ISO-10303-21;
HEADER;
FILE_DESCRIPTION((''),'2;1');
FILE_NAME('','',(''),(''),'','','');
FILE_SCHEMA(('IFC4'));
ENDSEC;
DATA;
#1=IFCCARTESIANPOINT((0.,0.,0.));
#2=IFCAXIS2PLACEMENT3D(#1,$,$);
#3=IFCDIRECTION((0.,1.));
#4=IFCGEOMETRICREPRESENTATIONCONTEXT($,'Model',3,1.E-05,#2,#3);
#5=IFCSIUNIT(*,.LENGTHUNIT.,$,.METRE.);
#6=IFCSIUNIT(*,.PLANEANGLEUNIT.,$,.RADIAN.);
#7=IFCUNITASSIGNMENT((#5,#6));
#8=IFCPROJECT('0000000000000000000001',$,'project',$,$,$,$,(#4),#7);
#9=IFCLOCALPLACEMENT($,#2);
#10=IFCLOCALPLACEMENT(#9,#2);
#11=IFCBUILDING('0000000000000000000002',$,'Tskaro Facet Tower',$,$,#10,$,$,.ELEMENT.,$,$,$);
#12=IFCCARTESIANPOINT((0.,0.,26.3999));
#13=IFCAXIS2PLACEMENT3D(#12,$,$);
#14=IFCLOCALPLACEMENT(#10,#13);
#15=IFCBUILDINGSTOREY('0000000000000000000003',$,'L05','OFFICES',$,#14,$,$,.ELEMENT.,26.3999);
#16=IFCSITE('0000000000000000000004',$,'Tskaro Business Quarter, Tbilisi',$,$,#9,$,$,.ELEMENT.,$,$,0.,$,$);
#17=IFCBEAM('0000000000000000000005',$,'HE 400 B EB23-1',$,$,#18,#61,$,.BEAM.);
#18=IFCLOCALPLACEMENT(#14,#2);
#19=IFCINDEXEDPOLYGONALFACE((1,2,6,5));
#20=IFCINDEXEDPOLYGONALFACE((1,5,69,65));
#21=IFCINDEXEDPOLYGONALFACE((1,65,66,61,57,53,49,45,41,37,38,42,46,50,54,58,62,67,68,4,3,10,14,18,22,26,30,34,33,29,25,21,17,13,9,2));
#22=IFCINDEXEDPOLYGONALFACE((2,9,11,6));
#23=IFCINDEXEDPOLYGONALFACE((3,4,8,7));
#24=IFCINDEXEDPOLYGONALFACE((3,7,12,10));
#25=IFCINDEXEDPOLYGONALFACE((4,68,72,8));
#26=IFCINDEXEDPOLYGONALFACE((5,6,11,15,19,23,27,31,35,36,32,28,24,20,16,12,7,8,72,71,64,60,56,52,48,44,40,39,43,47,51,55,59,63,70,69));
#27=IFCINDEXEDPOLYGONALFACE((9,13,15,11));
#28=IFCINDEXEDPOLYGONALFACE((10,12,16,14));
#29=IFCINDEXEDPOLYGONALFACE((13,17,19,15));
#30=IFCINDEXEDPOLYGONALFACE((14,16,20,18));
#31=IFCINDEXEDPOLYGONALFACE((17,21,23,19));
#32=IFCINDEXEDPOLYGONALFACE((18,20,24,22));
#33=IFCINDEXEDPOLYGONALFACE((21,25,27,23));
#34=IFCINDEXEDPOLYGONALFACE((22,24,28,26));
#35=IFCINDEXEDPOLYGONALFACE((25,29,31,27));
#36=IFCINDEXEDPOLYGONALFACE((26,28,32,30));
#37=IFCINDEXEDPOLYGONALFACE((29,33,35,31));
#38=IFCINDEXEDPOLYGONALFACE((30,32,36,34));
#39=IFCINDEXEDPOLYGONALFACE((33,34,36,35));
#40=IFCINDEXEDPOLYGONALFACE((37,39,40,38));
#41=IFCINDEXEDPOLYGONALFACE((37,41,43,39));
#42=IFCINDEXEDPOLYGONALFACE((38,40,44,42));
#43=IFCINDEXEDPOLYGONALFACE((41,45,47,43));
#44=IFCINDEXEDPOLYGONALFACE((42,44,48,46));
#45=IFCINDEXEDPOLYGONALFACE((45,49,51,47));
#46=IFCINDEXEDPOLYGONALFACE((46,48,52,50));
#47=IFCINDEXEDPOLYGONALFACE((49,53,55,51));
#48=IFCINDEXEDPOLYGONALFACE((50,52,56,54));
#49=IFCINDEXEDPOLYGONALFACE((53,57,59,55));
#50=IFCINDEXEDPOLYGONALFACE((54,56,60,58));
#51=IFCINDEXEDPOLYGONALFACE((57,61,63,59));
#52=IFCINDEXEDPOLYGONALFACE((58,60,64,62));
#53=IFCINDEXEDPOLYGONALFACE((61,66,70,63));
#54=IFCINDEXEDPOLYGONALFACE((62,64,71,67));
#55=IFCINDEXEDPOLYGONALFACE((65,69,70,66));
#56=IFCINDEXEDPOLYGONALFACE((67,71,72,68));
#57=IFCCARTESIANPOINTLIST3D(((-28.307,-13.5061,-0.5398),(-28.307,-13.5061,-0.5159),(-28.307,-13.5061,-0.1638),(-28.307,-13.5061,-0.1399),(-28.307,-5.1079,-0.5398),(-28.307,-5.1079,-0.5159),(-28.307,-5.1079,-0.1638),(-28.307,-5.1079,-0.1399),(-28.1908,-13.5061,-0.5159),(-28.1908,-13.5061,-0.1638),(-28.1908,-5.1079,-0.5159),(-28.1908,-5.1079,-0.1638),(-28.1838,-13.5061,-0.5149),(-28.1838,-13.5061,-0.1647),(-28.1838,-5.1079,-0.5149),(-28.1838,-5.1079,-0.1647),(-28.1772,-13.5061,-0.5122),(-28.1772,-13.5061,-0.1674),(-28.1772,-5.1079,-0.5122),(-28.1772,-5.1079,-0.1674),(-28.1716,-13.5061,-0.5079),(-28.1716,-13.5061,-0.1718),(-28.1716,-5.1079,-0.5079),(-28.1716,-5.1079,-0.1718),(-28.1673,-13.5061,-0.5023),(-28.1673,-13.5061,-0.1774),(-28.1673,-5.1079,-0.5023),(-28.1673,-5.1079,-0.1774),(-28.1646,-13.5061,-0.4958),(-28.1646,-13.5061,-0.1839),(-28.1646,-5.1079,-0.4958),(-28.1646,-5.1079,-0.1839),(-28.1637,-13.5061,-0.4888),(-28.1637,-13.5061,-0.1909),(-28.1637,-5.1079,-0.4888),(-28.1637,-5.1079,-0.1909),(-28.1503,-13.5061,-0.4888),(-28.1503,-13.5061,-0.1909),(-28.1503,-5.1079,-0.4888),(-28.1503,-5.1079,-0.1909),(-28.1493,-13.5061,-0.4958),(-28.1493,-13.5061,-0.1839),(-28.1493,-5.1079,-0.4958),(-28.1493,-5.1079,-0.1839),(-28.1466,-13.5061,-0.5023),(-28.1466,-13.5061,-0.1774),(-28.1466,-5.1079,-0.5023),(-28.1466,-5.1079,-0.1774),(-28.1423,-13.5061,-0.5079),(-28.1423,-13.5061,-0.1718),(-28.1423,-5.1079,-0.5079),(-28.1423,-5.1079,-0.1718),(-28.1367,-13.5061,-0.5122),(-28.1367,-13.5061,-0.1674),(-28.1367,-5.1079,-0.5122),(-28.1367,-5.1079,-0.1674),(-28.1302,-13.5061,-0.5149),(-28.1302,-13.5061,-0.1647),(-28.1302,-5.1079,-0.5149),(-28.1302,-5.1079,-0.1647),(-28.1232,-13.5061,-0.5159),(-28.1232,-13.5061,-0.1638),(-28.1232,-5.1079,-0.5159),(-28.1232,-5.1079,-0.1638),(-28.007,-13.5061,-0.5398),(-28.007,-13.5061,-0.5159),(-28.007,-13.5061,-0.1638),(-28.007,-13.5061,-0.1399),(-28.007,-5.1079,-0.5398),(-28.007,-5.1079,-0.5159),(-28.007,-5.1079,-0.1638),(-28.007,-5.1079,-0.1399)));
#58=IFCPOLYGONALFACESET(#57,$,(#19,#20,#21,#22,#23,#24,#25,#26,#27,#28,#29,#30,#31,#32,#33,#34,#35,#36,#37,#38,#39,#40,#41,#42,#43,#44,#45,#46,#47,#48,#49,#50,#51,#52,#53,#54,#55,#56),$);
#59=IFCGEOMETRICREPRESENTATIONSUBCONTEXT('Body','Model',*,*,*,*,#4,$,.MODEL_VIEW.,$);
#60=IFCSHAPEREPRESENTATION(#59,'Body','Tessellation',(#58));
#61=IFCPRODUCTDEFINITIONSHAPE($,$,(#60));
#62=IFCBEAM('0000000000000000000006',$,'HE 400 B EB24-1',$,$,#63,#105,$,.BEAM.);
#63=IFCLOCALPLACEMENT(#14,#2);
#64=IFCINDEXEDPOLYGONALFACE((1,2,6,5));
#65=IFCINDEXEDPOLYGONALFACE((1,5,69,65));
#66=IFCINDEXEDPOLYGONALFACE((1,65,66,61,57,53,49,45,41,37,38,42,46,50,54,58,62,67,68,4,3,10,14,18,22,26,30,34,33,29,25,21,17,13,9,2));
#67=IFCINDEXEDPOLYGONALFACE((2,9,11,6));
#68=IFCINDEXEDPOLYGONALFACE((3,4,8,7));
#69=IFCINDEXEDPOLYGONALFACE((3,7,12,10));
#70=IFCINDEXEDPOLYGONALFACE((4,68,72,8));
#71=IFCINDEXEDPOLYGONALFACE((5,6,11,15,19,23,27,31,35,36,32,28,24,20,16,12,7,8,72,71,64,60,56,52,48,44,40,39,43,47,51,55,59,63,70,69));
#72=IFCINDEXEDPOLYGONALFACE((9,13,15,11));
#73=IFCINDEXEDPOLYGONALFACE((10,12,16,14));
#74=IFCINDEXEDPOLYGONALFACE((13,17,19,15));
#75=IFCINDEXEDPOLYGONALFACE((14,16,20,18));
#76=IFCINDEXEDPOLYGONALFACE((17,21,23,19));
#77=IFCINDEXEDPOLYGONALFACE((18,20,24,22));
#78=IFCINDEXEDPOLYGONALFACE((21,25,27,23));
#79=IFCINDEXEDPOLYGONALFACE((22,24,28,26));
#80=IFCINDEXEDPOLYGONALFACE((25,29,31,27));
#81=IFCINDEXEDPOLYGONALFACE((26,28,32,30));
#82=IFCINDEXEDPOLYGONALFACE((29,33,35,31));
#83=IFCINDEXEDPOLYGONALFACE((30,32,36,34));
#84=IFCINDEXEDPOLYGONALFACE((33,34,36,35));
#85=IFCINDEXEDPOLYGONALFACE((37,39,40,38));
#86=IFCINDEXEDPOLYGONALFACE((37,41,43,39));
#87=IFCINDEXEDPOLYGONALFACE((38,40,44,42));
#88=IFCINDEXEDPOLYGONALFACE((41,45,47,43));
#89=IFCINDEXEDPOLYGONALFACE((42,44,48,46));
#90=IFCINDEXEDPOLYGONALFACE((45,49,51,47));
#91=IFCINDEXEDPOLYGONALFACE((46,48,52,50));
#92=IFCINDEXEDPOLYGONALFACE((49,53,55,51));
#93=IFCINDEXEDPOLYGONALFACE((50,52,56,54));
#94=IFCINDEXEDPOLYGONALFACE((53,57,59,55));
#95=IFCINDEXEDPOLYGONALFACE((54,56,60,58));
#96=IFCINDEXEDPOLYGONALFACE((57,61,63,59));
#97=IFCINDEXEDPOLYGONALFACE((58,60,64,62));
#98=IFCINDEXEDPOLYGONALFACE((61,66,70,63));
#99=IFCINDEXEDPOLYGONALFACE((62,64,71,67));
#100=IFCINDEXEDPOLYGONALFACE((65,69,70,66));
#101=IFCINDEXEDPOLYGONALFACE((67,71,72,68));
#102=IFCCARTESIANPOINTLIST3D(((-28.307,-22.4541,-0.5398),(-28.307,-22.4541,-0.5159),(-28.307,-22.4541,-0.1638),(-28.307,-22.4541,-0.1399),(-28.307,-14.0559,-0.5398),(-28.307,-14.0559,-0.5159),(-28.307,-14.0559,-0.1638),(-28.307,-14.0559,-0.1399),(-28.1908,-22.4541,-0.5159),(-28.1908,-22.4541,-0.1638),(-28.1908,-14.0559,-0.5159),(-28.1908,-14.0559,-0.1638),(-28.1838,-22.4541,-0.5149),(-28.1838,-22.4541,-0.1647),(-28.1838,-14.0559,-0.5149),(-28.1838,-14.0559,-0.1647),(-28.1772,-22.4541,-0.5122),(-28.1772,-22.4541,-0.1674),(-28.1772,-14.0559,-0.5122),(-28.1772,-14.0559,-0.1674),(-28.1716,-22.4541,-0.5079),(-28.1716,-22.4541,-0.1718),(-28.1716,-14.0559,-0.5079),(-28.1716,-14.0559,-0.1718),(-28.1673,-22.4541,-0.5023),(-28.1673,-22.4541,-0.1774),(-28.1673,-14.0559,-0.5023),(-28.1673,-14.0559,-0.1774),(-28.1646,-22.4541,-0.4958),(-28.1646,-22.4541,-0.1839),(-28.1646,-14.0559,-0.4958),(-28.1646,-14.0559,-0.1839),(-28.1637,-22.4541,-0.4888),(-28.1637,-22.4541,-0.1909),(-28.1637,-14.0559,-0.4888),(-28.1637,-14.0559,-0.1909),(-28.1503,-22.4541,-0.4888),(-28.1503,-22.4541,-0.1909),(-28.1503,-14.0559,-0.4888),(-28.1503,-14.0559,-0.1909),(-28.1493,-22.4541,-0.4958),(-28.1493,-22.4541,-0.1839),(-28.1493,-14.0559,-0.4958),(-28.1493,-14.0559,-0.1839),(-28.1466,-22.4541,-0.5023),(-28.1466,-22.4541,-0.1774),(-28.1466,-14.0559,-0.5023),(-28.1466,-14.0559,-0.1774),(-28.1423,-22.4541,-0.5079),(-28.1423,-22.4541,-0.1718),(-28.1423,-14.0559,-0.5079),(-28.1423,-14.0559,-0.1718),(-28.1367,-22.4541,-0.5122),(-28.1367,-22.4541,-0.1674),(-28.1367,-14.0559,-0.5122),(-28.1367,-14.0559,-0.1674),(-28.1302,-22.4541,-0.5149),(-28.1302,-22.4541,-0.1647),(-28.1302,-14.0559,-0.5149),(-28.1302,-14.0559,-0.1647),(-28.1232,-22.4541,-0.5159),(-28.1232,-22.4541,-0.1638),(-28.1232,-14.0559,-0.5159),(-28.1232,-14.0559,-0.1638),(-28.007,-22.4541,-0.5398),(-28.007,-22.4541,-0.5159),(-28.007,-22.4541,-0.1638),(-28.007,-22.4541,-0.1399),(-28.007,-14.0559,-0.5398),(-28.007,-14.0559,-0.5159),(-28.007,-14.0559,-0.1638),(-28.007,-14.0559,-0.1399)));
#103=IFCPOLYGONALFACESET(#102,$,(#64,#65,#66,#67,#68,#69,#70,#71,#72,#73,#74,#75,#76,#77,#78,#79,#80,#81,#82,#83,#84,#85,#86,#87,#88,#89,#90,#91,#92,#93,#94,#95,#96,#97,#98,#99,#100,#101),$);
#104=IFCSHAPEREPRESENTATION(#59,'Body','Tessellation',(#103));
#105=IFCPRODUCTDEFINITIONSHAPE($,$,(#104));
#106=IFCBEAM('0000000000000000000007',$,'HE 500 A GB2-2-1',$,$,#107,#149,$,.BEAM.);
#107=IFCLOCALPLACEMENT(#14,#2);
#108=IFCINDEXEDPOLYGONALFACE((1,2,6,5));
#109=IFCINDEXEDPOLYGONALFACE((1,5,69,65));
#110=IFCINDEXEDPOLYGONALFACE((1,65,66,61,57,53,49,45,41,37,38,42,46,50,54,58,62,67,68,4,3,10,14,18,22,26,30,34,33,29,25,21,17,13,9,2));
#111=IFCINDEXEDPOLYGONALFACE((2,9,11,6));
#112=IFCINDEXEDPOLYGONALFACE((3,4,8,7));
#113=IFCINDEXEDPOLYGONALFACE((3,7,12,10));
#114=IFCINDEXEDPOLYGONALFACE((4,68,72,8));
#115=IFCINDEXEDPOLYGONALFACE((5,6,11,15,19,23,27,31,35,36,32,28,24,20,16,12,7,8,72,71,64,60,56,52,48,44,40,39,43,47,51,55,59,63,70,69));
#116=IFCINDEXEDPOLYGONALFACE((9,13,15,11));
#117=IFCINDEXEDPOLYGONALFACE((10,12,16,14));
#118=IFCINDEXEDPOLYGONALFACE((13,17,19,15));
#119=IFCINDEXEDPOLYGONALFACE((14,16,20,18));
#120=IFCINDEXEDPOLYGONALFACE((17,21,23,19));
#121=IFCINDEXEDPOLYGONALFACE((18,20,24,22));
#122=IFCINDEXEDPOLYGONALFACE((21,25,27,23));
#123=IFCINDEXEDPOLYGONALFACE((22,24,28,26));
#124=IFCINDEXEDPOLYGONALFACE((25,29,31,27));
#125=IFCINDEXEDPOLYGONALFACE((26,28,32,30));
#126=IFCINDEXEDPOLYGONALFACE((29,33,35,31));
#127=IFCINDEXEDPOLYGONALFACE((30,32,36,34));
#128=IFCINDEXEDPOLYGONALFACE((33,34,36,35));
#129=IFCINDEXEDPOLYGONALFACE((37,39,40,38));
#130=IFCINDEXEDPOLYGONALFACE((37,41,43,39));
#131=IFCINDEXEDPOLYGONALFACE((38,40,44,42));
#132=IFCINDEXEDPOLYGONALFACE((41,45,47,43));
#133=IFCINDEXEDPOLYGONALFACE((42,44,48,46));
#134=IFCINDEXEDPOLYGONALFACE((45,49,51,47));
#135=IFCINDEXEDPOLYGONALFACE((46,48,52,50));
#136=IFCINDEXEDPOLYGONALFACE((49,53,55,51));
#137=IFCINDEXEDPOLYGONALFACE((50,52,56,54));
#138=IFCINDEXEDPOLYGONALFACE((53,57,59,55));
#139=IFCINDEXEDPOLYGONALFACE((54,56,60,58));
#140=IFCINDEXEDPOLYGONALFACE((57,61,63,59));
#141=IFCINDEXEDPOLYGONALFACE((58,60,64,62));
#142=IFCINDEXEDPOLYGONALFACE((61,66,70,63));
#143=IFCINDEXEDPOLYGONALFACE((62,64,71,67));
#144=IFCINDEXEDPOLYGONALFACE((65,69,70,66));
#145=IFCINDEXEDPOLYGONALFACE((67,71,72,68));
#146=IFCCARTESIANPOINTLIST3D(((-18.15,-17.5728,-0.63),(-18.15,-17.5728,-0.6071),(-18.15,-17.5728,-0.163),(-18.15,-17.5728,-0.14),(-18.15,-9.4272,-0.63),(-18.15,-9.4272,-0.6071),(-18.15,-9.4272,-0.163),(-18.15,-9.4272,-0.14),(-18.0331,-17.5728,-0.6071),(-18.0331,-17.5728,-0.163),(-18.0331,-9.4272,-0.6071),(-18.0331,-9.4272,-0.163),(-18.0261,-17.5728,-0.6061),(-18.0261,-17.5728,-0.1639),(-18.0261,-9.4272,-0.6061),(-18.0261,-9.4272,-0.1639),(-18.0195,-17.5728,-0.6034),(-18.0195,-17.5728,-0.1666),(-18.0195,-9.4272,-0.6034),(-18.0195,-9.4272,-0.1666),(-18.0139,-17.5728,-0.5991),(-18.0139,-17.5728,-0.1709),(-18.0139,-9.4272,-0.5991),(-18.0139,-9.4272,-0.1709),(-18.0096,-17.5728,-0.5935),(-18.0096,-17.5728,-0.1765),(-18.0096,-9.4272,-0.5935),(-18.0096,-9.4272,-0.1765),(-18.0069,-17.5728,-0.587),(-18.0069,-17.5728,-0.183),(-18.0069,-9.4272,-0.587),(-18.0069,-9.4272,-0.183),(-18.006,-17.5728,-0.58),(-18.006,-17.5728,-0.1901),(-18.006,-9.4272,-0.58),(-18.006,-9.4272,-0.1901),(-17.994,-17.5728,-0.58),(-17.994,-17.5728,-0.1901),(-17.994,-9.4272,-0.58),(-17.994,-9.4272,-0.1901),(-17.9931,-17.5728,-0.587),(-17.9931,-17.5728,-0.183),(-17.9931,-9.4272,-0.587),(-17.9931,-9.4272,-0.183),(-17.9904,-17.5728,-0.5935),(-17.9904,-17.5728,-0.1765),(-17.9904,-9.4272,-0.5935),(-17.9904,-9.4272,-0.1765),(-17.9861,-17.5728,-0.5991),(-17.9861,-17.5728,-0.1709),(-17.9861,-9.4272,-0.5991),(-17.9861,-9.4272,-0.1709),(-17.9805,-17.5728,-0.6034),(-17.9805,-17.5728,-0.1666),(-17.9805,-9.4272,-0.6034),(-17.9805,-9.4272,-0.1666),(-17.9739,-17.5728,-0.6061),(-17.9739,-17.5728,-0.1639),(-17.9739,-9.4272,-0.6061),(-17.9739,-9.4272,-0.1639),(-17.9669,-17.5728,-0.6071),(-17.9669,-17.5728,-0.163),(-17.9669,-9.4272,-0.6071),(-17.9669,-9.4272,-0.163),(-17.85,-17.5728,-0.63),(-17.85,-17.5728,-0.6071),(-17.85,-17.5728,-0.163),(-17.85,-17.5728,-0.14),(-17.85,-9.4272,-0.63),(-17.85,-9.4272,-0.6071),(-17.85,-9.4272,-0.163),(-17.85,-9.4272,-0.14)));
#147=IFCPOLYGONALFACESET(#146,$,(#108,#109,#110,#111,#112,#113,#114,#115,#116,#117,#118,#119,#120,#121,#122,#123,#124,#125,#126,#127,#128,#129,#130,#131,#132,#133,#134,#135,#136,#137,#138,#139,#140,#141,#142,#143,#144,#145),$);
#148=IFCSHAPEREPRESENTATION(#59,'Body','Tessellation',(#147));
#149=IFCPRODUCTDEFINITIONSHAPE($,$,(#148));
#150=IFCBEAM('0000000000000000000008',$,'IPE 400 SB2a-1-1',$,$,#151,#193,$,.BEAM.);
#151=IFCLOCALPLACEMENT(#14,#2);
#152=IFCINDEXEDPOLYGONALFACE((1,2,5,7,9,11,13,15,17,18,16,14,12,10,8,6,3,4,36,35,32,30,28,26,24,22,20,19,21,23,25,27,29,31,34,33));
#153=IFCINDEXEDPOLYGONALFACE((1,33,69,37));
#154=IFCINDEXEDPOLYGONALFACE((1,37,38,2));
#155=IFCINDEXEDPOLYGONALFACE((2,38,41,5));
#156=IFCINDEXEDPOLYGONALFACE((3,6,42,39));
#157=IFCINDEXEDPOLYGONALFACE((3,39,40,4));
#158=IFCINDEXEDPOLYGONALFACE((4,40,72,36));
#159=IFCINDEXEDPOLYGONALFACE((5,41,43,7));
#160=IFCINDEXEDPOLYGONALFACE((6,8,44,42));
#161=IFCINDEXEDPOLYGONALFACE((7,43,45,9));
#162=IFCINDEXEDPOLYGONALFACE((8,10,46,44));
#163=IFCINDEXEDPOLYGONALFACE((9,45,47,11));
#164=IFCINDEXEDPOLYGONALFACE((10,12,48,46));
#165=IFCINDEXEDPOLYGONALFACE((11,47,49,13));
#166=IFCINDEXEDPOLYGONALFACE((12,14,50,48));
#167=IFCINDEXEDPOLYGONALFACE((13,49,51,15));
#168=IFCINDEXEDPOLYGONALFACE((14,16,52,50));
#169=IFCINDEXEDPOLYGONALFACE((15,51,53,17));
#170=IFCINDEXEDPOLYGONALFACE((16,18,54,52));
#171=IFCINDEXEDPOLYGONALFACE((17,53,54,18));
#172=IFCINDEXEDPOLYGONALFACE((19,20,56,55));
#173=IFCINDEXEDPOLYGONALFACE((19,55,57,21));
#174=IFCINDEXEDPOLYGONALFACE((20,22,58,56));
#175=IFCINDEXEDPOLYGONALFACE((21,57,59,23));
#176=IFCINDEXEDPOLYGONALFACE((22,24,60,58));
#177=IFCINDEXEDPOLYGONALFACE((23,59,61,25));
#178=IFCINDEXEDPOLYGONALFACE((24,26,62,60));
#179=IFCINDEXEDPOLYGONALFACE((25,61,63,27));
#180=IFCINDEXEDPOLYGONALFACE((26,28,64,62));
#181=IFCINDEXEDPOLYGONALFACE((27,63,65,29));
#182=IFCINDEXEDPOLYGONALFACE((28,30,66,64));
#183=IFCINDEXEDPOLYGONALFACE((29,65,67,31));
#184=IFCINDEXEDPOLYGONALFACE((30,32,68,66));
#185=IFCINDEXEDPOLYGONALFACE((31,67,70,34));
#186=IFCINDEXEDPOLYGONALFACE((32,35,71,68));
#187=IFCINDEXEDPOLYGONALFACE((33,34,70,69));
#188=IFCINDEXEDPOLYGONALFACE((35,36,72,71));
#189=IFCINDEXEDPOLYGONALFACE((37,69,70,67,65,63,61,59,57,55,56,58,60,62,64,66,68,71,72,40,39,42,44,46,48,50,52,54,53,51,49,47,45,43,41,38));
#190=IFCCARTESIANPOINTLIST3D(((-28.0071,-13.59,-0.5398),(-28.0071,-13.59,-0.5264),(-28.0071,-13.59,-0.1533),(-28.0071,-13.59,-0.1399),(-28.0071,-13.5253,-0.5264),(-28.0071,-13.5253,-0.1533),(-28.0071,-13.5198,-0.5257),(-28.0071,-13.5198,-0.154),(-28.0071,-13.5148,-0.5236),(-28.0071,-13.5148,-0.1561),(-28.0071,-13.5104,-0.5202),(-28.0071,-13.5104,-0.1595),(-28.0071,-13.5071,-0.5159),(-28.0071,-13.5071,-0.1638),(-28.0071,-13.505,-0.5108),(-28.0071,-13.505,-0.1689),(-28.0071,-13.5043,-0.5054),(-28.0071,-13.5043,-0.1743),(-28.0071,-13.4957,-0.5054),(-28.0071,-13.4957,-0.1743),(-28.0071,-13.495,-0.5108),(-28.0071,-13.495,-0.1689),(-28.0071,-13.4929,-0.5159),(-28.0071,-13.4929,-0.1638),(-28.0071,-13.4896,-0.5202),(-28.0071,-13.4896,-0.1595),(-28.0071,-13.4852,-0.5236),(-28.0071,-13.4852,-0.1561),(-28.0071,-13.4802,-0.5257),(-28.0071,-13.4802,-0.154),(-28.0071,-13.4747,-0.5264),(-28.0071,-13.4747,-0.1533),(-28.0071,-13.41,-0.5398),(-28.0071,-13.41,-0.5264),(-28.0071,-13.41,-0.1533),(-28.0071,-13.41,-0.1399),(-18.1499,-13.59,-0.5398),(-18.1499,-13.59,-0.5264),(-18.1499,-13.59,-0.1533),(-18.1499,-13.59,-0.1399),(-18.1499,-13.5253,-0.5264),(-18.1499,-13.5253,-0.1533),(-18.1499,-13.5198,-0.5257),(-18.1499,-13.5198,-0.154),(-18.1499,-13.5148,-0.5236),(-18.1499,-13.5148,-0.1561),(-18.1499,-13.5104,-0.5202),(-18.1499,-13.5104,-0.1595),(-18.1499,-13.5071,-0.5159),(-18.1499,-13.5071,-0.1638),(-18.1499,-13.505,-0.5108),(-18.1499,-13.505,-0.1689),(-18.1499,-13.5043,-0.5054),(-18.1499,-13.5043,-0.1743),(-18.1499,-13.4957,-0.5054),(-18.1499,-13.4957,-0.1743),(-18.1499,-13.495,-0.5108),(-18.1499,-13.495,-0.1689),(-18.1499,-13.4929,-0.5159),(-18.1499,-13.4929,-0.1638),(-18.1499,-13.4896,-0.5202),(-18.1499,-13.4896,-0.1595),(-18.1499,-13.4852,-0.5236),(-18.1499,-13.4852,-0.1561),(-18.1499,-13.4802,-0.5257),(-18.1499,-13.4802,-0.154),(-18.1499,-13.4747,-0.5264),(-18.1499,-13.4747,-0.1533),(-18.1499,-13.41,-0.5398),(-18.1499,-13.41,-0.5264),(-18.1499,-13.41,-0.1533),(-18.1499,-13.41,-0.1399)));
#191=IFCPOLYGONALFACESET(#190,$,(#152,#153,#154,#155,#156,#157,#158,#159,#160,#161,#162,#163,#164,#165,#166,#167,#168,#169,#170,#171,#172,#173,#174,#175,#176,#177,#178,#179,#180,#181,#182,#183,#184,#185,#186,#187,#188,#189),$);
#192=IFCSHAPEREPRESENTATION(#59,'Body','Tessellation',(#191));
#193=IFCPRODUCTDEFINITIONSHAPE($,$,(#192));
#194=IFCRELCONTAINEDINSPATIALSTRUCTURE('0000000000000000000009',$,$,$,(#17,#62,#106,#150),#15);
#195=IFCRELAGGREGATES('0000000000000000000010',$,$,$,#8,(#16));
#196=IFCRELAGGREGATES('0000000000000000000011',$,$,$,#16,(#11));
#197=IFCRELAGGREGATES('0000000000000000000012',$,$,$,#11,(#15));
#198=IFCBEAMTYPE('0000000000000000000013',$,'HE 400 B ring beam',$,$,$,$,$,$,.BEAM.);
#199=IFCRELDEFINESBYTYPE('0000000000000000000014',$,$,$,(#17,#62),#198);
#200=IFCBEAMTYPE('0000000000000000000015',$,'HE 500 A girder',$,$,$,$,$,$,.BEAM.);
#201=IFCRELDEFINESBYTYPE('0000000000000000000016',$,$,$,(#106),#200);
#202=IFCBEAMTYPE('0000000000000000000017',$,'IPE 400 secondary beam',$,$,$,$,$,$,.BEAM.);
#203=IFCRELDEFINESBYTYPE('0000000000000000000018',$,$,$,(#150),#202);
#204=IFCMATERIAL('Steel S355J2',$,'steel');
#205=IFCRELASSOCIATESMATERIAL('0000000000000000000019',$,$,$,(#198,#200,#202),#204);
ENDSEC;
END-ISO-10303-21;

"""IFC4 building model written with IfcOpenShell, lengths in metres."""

from ifc_helpers import new_model, si_unit, direction, frame, origin, origin_2d, place, context, subcontext, project, spatial, i_section, extrude, material, material_profile, profile_set, type_object, element, save


model = new_model("IFC4")

# Units and contexts
model_context = context("Model", 3, precision=1e-05, world=origin(), true_north=direction((0.0, 1.0)))
body_context = subcontext(model_context, "Body", "Model", "MODEL_VIEW")
ifc_project = project(units=[si_unit("LENGTHUNIT", "METRE"), si_unit("PLANEANGLEUNIT", "RADIAN")], contexts=[model_context])

# Site, building, storey
site_placement = place(None, origin())
site = spatial("IfcSite", under=ifc_project, at=site_placement, Name="Tskaro Business Quarter, Tbilisi", CompositionType="ELEMENT", RefElevation=0.0)
building_placement = place(site_placement, origin())
building = spatial("IfcBuilding", under=site, at=building_placement, Name="Tskaro Facet Tower", CompositionType="ELEMENT")
storey_placement = place(building_placement, frame((0.0, 0.0, 26.3999)))
storey = spatial("IfcBuildingStorey", under=building, at=storey_placement, Name="L05", Description="OFFICES", CompositionType="ELEMENT", Elevation=26.3999)

# Beams
ifc_material_1 = material(Name="Steel S355J2", Category="steel")
ifc_material_profile_1 = material_profile(ifc_material_1, i_section(OverallWidth=0.3, OverallDepth=0.3999, WebThickness=0.0134, FlangeThickness=0.0239, FilletRadius=0.0271, at=origin_2d()), Name="HE 400 B")
ifc_profile_set_1 = profile_set([ifc_material_profile_1], Name="Steel S355J2")
beam_type_1 = type_object("IfcBeamType", Name="HE 400 B ring beam", PredefinedType="BEAM", material=ifc_profile_set_1)
for number, where, z_axis, x_axis, name in (
    (1, (-28.157, -5.1079, -0.3398), (0.0, -1.0, 0.0), (1.0, 0.0, 0.0), "HE 400 B EB23-1"),
    (2, (-28.157, -14.0559, -0.3398), (0.0, -1.0, 0.0), (1.0, 0.0, 0.0), "HE 400 B EB24-1"),
):
    element("IfcBeam", number, at=place(storey_placement, frame(where, z_axis=z_axis, x_axis=x_axis)), inside=storey, type_object=beam_type_1, Name=name, PredefinedType="BEAM", context=body_context, shape_type="SweptSolid", body=[
        extrude(i_section(OverallWidth=0.3, OverallDepth=0.3999, WebThickness=0.0134, FlangeThickness=0.0239, FilletRadius=0.0271, at=origin_2d()), origin(), (0.0, 0.0, 1.0), 8.3982),
    ])
ifc_material_profile_2 = material_profile(ifc_material_1, i_section(OverallWidth=0.3, OverallDepth=0.49, WebThickness=0.012, FlangeThickness=0.0229, FilletRadius=0.0271, at=origin_2d()), Name="HE 500 A")
ifc_profile_set_2 = profile_set([ifc_material_profile_2], Name="Steel S355J2")
beam_type_2 = type_object("IfcBeamType", Name="HE 500 A girder", PredefinedType="BEAM", material=ifc_profile_set_2)
beam_placement = place(storey_placement, frame((-18.0, -17.5728, -0.385), z_axis=(0.0, 1.0, 0.0), x_axis=(-1.0, 0.0, 0.0)))
element("IfcBeam", 3, at=beam_placement, inside=storey, type_object=beam_type_2, Name="HE 500 A GB2-2-1", PredefinedType="BEAM", context=body_context, shape_type="SweptSolid", body=[
    extrude(i_section(OverallWidth=0.3, OverallDepth=0.49, WebThickness=0.012, FlangeThickness=0.0229, FilletRadius=0.0271, at=origin_2d()), origin(), (0.0, 0.0, 1.0), 8.1455),
])
ifc_material_profile_3 = material_profile(ifc_material_1, i_section(OverallWidth=0.1799, OverallDepth=0.3999, WebThickness=0.0085, FlangeThickness=0.0134, FilletRadius=0.021, at=origin_2d()), Name="IPE 400")
ifc_profile_set_3 = profile_set([ifc_material_profile_3], Name="Steel S355J2")
beam_type_3 = type_object("IfcBeamType", Name="IPE 400 secondary beam", PredefinedType="BEAM", material=ifc_profile_set_3)
for number, where, z_axis, x_axis, name in (
    (4, (-28.0071, -13.5, -0.3398), (1.0, 0.0, 0.0), (0.0, 1.0, 0.0), "IPE 400 SB2a-1-1"),
):
    element("IfcBeam", number, at=place(storey_placement, frame(where, z_axis=z_axis, x_axis=x_axis)), inside=storey, type_object=beam_type_3, Name=name, PredefinedType="BEAM", context=body_context, shape_type="SweptSolid", body=[
        extrude(i_section(OverallWidth=0.1799, OverallDepth=0.3999, WebThickness=0.0085, FlangeThickness=0.0134, FilletRadius=0.021, at=origin_2d()), origin(), (0.0, 0.0, 1.0), 9.8572),
    ])

save(model, "model.ifc")
